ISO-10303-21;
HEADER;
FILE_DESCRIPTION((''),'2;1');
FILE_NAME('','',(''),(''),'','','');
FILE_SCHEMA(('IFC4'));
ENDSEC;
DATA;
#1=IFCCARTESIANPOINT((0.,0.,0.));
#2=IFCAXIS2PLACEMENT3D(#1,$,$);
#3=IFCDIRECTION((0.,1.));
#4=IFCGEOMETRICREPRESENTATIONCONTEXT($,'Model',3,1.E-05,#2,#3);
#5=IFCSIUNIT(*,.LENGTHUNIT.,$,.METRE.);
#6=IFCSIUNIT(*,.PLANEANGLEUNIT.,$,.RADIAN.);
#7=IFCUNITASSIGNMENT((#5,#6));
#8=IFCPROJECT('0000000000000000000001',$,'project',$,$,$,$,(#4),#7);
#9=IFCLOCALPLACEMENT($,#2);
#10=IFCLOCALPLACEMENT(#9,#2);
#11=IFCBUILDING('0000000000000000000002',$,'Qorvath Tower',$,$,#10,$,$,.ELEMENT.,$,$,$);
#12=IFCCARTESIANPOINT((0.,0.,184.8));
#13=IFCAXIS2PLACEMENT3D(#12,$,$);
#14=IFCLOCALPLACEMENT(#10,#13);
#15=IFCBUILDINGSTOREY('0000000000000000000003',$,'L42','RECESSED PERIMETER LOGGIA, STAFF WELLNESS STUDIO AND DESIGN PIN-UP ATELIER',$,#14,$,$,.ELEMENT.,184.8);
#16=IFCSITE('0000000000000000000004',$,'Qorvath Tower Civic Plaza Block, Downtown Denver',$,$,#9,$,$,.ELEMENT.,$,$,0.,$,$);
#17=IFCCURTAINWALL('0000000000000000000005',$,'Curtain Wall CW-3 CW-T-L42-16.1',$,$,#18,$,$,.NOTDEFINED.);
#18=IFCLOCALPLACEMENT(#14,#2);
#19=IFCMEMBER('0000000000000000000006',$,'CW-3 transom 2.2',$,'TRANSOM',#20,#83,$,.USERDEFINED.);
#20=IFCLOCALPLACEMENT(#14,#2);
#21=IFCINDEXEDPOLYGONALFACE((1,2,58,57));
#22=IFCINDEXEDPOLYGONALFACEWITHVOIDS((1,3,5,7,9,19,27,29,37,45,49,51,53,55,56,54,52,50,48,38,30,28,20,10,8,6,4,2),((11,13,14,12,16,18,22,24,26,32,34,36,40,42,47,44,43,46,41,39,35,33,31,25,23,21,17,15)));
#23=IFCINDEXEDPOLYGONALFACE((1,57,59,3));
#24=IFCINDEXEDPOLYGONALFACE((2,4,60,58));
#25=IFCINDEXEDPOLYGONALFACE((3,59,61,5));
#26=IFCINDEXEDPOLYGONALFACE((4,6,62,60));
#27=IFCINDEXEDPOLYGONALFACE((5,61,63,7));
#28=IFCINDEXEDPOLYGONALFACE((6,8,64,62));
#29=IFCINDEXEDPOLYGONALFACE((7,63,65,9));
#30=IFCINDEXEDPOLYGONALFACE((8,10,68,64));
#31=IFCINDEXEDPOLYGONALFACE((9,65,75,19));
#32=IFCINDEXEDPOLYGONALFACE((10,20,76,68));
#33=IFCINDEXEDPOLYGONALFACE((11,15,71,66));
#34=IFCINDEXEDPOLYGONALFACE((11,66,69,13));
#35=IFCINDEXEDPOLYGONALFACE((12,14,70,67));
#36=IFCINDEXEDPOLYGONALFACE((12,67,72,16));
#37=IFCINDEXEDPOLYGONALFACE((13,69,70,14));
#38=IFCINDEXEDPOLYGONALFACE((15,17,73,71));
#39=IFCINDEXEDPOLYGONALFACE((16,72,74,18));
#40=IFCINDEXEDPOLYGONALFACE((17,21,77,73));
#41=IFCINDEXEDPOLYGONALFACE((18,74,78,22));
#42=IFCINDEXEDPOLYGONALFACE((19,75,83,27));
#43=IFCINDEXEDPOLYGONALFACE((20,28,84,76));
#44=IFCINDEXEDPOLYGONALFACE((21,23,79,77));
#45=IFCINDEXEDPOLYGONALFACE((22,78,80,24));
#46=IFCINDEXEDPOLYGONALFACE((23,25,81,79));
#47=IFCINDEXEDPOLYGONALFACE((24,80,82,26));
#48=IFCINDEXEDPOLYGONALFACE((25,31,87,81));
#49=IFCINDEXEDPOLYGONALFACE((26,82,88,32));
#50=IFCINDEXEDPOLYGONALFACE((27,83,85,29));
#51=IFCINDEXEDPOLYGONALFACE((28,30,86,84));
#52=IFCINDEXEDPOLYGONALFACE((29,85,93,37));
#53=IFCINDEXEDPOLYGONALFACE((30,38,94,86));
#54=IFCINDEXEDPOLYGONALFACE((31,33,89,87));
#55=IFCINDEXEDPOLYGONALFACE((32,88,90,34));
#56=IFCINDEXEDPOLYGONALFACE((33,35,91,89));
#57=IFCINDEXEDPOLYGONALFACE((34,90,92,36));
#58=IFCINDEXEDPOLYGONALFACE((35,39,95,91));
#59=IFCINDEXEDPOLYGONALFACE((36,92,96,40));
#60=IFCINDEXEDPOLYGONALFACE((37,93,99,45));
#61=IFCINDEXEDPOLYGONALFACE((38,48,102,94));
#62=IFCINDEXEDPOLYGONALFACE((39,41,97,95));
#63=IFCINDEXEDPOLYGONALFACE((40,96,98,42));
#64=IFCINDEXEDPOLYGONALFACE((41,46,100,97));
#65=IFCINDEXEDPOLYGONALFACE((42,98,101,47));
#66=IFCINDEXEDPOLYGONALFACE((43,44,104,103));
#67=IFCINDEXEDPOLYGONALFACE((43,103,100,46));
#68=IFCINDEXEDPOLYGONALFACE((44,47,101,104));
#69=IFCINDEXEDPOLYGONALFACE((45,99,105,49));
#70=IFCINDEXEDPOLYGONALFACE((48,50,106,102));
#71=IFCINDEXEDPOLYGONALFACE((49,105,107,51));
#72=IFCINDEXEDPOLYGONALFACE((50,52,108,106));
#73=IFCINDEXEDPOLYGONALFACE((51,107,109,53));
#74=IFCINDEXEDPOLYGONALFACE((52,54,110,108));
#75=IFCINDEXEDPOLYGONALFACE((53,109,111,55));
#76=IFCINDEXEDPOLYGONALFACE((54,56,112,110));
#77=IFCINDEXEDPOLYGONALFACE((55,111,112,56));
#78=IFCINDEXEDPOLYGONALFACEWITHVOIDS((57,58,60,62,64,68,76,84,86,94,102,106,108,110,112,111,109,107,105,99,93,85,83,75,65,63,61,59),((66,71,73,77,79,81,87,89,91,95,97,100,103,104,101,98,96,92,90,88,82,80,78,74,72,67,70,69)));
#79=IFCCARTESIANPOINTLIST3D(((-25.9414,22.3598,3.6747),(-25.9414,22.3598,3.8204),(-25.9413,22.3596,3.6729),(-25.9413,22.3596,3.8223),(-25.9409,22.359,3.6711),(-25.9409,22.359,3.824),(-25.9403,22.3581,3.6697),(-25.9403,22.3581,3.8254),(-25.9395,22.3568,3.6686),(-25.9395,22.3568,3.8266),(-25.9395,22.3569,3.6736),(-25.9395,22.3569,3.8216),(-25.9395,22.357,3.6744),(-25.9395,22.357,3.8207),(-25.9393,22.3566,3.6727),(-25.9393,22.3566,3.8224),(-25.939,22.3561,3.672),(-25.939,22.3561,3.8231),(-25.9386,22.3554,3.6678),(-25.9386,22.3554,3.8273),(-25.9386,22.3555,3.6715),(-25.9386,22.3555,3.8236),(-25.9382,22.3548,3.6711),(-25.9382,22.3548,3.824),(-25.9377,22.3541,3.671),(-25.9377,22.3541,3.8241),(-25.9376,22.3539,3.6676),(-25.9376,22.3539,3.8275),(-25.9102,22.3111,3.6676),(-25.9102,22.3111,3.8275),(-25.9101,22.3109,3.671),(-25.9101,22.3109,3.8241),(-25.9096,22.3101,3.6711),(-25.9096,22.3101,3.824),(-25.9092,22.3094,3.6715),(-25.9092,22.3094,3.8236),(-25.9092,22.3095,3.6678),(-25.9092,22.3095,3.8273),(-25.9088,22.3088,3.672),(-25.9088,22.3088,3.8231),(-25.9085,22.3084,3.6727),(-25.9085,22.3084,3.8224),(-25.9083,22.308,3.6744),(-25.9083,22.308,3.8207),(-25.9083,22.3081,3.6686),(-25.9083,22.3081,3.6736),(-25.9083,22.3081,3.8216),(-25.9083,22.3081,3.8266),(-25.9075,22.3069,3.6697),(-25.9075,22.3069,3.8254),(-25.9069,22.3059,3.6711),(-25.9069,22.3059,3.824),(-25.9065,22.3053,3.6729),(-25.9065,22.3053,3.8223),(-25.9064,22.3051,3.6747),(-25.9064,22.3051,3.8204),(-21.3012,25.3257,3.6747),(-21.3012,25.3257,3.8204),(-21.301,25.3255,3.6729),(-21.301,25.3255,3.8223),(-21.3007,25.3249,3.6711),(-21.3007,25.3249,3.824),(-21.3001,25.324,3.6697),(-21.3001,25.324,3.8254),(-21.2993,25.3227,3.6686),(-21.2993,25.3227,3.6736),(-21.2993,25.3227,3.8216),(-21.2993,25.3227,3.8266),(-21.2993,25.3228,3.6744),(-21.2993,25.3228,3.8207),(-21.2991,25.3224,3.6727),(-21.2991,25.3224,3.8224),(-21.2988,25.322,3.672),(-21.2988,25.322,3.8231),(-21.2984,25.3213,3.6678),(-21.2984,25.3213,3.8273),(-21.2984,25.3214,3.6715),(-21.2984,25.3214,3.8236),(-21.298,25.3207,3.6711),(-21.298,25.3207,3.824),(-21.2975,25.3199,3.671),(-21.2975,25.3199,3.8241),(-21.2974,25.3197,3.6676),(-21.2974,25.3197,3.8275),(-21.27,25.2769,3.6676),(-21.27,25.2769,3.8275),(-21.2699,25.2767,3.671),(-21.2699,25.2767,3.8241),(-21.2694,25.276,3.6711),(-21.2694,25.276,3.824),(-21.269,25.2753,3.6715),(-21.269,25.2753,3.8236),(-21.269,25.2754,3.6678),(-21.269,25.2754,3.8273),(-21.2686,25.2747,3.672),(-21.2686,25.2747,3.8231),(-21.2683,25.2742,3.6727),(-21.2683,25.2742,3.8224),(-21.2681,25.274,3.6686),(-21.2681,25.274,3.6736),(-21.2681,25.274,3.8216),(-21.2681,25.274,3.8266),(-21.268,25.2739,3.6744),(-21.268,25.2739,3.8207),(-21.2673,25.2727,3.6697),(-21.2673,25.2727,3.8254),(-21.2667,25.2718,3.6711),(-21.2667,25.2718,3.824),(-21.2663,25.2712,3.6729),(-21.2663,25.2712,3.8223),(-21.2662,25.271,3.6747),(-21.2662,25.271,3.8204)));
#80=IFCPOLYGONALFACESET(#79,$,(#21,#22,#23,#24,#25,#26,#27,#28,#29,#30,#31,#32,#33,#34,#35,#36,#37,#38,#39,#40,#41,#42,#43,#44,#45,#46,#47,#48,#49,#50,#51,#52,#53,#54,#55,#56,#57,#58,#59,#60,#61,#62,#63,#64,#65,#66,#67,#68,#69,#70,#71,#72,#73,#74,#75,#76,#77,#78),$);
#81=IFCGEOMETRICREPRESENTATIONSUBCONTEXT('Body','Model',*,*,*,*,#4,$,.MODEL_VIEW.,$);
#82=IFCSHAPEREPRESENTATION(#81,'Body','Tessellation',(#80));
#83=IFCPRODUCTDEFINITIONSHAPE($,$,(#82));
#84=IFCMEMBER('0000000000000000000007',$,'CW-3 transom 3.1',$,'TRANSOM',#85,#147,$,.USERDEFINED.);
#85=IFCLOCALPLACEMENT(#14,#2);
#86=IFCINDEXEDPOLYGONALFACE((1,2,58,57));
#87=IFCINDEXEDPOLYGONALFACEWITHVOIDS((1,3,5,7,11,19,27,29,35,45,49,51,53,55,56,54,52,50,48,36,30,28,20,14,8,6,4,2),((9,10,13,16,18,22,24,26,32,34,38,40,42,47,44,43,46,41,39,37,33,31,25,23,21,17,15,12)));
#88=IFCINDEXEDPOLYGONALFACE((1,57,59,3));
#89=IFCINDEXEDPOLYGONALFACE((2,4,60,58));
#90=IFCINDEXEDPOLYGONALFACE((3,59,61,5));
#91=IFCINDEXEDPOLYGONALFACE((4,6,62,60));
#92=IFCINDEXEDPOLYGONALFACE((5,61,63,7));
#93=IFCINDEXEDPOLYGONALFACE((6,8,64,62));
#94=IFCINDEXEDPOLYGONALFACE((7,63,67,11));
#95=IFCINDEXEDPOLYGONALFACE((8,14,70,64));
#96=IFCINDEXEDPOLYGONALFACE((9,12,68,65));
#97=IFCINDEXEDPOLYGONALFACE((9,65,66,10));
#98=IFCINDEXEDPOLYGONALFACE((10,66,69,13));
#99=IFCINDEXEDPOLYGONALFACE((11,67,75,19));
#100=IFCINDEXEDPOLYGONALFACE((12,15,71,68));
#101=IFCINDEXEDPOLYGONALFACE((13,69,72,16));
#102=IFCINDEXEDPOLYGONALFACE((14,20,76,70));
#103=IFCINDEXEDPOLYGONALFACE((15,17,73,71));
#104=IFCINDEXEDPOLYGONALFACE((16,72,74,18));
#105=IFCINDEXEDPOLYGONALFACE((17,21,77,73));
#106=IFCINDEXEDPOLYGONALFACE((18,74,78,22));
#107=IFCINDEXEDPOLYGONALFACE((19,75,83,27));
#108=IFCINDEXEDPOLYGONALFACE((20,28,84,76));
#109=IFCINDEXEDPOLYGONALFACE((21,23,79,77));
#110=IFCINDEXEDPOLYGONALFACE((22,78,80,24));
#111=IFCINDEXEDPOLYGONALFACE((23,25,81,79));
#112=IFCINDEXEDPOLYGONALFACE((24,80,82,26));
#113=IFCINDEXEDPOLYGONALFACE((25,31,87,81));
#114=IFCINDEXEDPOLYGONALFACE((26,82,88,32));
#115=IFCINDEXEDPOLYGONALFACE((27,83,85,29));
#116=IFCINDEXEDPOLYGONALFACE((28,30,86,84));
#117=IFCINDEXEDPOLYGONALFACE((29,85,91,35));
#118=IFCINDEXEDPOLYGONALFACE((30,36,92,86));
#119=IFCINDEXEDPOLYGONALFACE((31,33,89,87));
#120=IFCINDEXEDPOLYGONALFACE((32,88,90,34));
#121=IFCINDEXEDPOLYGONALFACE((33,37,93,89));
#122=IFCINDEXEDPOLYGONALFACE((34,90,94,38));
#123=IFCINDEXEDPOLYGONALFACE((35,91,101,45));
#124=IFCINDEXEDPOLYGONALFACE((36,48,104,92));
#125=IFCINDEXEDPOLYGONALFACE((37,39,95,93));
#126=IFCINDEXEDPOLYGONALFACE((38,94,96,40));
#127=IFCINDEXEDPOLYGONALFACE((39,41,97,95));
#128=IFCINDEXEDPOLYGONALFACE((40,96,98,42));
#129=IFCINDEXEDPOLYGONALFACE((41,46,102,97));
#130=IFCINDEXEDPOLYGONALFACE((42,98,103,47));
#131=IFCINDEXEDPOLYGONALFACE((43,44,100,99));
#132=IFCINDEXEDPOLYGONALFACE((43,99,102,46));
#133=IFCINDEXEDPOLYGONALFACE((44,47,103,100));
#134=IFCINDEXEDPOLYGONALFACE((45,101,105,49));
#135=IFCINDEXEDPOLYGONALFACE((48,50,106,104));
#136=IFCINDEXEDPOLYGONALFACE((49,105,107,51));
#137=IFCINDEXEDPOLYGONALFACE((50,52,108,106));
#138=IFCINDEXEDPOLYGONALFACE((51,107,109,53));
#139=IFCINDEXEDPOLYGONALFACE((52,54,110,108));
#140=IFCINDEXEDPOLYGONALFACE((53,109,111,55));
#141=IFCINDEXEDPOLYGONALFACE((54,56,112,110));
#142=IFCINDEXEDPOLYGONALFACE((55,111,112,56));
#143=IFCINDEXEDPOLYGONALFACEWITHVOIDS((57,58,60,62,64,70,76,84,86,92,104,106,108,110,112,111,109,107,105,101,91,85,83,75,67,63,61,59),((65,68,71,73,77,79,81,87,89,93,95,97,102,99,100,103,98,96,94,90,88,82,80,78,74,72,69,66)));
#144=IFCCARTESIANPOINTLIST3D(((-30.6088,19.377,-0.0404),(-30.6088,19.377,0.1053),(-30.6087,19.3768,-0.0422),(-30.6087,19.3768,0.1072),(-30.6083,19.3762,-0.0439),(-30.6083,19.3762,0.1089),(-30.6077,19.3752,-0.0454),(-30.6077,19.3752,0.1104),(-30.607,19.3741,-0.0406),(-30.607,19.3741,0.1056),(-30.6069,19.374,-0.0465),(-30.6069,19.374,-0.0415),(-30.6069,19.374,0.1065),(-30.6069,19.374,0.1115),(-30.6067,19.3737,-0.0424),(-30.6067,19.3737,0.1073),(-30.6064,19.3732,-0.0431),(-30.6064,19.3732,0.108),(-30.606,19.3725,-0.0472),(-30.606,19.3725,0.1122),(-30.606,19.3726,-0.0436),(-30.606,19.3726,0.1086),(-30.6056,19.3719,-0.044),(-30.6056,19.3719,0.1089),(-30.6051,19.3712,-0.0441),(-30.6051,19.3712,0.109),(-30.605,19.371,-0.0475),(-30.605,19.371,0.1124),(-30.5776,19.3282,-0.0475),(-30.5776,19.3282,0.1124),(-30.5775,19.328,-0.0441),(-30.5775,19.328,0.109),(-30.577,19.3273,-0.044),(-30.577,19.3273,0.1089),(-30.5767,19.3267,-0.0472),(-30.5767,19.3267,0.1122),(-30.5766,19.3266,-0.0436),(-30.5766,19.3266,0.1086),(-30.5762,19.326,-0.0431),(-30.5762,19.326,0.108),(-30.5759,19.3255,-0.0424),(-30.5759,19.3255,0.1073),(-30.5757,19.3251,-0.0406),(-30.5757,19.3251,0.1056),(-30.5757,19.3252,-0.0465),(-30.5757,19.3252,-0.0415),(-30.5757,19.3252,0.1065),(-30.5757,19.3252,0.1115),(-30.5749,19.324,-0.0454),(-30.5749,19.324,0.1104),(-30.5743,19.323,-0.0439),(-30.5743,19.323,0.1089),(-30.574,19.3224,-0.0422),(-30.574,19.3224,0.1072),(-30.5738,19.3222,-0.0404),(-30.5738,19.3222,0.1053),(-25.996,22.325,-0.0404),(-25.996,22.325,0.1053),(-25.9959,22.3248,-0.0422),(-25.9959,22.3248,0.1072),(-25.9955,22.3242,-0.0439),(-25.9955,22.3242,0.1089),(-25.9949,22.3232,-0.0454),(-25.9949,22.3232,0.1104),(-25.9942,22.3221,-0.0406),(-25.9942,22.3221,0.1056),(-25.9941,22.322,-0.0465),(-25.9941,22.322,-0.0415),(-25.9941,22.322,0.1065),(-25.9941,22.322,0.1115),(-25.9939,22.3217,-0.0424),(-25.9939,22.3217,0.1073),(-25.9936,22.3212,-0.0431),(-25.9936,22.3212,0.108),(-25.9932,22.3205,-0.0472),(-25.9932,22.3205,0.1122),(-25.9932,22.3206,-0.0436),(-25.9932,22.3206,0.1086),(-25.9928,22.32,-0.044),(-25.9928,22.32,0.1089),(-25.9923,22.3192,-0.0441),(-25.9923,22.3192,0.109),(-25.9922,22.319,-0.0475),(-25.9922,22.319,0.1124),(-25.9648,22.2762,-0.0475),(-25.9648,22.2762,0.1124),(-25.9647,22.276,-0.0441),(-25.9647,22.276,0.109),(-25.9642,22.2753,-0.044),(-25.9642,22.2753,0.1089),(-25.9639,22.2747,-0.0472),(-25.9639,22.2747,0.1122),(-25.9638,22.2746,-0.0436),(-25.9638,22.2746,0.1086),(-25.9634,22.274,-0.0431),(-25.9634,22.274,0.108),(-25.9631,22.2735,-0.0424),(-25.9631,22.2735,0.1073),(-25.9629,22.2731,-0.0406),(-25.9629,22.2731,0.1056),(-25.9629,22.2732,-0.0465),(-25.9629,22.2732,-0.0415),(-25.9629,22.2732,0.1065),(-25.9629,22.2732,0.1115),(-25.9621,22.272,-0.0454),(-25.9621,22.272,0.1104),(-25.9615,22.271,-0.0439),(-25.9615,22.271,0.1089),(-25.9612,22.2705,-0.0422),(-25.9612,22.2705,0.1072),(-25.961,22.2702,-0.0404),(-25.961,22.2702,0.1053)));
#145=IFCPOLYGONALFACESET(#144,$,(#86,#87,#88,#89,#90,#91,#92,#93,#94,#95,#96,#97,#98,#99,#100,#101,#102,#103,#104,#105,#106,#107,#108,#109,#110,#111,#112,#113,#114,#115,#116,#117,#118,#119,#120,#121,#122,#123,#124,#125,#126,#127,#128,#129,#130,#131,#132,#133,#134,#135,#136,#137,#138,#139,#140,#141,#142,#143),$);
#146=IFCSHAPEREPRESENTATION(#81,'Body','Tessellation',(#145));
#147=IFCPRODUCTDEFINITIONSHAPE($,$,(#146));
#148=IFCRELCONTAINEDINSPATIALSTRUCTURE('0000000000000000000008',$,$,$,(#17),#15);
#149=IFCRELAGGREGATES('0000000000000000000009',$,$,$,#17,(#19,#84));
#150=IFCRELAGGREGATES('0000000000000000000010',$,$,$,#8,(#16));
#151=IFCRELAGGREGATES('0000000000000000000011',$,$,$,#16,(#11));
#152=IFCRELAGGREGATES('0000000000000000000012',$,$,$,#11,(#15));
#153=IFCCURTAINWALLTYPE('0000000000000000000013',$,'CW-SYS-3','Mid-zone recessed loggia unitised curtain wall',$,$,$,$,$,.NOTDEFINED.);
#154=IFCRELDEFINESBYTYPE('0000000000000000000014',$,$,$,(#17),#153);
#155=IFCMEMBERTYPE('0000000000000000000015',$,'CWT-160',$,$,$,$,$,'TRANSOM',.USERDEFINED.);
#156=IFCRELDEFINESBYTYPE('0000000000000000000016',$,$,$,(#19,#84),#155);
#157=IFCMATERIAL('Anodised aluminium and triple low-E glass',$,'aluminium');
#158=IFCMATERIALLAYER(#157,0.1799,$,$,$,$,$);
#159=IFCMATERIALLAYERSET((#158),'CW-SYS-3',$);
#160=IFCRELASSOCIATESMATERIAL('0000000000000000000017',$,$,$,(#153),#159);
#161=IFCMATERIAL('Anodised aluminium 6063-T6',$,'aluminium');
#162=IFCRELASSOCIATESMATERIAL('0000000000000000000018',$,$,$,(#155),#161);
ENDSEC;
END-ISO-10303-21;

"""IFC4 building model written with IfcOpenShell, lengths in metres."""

from ifc_helpers import new_model, si_unit, direction, frame, origin, origin_2d, place, context, subcontext, project, spatial, hollow_rectangle, extrude, material, layer, layer_set, material_profile, profile_set, type_object, element, aggregate, save


model = new_model("IFC4")

# Units and contexts
model_context = context("Model", 3, precision=1e-05, world=origin(), true_north=direction((0.0, 1.0)))
body_context = subcontext(model_context, "Body", "Model", "MODEL_VIEW")
ifc_project = project(units=[si_unit("LENGTHUNIT", "METRE"), si_unit("PLANEANGLEUNIT", "RADIAN")], contexts=[model_context])

# Site, building, storey
site_placement = place(None, origin())
site = spatial("IfcSite", under=ifc_project, at=site_placement, Name="Qorvath Tower Civic Plaza Block, Downtown Denver", CompositionType="ELEMENT", RefElevation=0.0)
building_placement = place(site_placement, origin())
building = spatial("IfcBuilding", under=site, at=building_placement, Name="Qorvath Tower", CompositionType="ELEMENT")
storey_placement = place(building_placement, frame((0.0, 0.0, 184.8)))
storey = spatial("IfcBuildingStorey", under=building, at=storey_placement, Name="L42", Description="RECESSED PERIMETER LOGGIA, STAFF WELLNESS STUDIO AND DESIGN PIN-UP ATELIER", CompositionType="ELEMENT", Elevation=184.8)

# Curtain wall, members
ifc_material_1 = material(Name="Anodised aluminium and triple low-E glass", Category="aluminium")
ifc_layer_1 = layer(ifc_material_1, 0.1799)
ifc_layer_set_1 = layer_set([ifc_layer_1], Name="CW-SYS-3")
curtain_wall_type = type_object("IfcCurtainWallType", Name="CW-SYS-3", Description="Mid-zone recessed loggia unitised curtain wall", PredefinedType="NOTDEFINED", material=ifc_layer_set_1)
curtain_wall_placement = place(storey_placement, origin())
curtain_wall = element("IfcCurtainWall", 1, at=curtain_wall_placement, inside=storey, type_object=curtain_wall_type, Name="Curtain Wall CW-3 CW-T-L42-16.1", PredefinedType="NOTDEFINED")
ifc_material_2 = material(Name="Anodised aluminium 6063-T6", Category="aluminium")
ifc_material_profile_1 = material_profile(ifc_material_2, hollow_rectangle(XDim=0.0649, YDim=0.1599, WallThickness=0.0034, InnerFilletRadius=0.0034, OuterFilletRadius=0.0071, at=origin_2d()), Name="CWT 160x65")
ifc_profile_set_1 = profile_set([ifc_material_profile_1], Name="Anodised aluminium 6063-T6")
member_type_1 = type_object("IfcMemberType", Name="CWT-160", ElementType="TRANSOM", PredefinedType="USERDEFINED", material=ifc_profile_set_1)
member_1_placement = place(storey_placement, frame((-21.2837, 25.2983, 3.7476), z_axis=(-0.84259, -0.538555, 0.0), x_axis=(0.538555, -0.84259, 0.0)))
member_1 = element("IfcMember", 2, at=member_1_placement, type_object=member_type_1, Name="CW-3 transom 2.2", ObjectType="TRANSOM", PredefinedType="USERDEFINED", context=body_context, shape_type="SweptSolid", body=[
    extrude(hollow_rectangle(XDim=0.0649, YDim=0.1599, WallThickness=0.0034, InnerFilletRadius=0.0034, OuterFilletRadius=0.0071, at=origin_2d()), origin(), (0.0, 0.0, 1.0), 5.5071),
])
member_2_placement = place(storey_placement, frame((-25.9785, 22.2976, 0.0325), z_axis=(-0.842619, -0.538511, 0.0), x_axis=(0.538511, -0.842619, 0.0)))
member_2 = element("IfcMember", 3, at=member_2_placement, type_object=member_type_1, Name="CW-3 transom 3.1", ObjectType="TRANSOM", PredefinedType="USERDEFINED", context=body_context, shape_type="SweptSolid", body=[
    extrude(hollow_rectangle(XDim=0.0649, YDim=0.1599, WallThickness=0.0034, InnerFilletRadius=0.0034, OuterFilletRadius=0.0071, at=origin_2d()), origin(), (0.0, 0.0, 1.0), 5.4744),
])
aggregate(curtain_wall, [member_1, member_2])

save(model, "model.ifc")
